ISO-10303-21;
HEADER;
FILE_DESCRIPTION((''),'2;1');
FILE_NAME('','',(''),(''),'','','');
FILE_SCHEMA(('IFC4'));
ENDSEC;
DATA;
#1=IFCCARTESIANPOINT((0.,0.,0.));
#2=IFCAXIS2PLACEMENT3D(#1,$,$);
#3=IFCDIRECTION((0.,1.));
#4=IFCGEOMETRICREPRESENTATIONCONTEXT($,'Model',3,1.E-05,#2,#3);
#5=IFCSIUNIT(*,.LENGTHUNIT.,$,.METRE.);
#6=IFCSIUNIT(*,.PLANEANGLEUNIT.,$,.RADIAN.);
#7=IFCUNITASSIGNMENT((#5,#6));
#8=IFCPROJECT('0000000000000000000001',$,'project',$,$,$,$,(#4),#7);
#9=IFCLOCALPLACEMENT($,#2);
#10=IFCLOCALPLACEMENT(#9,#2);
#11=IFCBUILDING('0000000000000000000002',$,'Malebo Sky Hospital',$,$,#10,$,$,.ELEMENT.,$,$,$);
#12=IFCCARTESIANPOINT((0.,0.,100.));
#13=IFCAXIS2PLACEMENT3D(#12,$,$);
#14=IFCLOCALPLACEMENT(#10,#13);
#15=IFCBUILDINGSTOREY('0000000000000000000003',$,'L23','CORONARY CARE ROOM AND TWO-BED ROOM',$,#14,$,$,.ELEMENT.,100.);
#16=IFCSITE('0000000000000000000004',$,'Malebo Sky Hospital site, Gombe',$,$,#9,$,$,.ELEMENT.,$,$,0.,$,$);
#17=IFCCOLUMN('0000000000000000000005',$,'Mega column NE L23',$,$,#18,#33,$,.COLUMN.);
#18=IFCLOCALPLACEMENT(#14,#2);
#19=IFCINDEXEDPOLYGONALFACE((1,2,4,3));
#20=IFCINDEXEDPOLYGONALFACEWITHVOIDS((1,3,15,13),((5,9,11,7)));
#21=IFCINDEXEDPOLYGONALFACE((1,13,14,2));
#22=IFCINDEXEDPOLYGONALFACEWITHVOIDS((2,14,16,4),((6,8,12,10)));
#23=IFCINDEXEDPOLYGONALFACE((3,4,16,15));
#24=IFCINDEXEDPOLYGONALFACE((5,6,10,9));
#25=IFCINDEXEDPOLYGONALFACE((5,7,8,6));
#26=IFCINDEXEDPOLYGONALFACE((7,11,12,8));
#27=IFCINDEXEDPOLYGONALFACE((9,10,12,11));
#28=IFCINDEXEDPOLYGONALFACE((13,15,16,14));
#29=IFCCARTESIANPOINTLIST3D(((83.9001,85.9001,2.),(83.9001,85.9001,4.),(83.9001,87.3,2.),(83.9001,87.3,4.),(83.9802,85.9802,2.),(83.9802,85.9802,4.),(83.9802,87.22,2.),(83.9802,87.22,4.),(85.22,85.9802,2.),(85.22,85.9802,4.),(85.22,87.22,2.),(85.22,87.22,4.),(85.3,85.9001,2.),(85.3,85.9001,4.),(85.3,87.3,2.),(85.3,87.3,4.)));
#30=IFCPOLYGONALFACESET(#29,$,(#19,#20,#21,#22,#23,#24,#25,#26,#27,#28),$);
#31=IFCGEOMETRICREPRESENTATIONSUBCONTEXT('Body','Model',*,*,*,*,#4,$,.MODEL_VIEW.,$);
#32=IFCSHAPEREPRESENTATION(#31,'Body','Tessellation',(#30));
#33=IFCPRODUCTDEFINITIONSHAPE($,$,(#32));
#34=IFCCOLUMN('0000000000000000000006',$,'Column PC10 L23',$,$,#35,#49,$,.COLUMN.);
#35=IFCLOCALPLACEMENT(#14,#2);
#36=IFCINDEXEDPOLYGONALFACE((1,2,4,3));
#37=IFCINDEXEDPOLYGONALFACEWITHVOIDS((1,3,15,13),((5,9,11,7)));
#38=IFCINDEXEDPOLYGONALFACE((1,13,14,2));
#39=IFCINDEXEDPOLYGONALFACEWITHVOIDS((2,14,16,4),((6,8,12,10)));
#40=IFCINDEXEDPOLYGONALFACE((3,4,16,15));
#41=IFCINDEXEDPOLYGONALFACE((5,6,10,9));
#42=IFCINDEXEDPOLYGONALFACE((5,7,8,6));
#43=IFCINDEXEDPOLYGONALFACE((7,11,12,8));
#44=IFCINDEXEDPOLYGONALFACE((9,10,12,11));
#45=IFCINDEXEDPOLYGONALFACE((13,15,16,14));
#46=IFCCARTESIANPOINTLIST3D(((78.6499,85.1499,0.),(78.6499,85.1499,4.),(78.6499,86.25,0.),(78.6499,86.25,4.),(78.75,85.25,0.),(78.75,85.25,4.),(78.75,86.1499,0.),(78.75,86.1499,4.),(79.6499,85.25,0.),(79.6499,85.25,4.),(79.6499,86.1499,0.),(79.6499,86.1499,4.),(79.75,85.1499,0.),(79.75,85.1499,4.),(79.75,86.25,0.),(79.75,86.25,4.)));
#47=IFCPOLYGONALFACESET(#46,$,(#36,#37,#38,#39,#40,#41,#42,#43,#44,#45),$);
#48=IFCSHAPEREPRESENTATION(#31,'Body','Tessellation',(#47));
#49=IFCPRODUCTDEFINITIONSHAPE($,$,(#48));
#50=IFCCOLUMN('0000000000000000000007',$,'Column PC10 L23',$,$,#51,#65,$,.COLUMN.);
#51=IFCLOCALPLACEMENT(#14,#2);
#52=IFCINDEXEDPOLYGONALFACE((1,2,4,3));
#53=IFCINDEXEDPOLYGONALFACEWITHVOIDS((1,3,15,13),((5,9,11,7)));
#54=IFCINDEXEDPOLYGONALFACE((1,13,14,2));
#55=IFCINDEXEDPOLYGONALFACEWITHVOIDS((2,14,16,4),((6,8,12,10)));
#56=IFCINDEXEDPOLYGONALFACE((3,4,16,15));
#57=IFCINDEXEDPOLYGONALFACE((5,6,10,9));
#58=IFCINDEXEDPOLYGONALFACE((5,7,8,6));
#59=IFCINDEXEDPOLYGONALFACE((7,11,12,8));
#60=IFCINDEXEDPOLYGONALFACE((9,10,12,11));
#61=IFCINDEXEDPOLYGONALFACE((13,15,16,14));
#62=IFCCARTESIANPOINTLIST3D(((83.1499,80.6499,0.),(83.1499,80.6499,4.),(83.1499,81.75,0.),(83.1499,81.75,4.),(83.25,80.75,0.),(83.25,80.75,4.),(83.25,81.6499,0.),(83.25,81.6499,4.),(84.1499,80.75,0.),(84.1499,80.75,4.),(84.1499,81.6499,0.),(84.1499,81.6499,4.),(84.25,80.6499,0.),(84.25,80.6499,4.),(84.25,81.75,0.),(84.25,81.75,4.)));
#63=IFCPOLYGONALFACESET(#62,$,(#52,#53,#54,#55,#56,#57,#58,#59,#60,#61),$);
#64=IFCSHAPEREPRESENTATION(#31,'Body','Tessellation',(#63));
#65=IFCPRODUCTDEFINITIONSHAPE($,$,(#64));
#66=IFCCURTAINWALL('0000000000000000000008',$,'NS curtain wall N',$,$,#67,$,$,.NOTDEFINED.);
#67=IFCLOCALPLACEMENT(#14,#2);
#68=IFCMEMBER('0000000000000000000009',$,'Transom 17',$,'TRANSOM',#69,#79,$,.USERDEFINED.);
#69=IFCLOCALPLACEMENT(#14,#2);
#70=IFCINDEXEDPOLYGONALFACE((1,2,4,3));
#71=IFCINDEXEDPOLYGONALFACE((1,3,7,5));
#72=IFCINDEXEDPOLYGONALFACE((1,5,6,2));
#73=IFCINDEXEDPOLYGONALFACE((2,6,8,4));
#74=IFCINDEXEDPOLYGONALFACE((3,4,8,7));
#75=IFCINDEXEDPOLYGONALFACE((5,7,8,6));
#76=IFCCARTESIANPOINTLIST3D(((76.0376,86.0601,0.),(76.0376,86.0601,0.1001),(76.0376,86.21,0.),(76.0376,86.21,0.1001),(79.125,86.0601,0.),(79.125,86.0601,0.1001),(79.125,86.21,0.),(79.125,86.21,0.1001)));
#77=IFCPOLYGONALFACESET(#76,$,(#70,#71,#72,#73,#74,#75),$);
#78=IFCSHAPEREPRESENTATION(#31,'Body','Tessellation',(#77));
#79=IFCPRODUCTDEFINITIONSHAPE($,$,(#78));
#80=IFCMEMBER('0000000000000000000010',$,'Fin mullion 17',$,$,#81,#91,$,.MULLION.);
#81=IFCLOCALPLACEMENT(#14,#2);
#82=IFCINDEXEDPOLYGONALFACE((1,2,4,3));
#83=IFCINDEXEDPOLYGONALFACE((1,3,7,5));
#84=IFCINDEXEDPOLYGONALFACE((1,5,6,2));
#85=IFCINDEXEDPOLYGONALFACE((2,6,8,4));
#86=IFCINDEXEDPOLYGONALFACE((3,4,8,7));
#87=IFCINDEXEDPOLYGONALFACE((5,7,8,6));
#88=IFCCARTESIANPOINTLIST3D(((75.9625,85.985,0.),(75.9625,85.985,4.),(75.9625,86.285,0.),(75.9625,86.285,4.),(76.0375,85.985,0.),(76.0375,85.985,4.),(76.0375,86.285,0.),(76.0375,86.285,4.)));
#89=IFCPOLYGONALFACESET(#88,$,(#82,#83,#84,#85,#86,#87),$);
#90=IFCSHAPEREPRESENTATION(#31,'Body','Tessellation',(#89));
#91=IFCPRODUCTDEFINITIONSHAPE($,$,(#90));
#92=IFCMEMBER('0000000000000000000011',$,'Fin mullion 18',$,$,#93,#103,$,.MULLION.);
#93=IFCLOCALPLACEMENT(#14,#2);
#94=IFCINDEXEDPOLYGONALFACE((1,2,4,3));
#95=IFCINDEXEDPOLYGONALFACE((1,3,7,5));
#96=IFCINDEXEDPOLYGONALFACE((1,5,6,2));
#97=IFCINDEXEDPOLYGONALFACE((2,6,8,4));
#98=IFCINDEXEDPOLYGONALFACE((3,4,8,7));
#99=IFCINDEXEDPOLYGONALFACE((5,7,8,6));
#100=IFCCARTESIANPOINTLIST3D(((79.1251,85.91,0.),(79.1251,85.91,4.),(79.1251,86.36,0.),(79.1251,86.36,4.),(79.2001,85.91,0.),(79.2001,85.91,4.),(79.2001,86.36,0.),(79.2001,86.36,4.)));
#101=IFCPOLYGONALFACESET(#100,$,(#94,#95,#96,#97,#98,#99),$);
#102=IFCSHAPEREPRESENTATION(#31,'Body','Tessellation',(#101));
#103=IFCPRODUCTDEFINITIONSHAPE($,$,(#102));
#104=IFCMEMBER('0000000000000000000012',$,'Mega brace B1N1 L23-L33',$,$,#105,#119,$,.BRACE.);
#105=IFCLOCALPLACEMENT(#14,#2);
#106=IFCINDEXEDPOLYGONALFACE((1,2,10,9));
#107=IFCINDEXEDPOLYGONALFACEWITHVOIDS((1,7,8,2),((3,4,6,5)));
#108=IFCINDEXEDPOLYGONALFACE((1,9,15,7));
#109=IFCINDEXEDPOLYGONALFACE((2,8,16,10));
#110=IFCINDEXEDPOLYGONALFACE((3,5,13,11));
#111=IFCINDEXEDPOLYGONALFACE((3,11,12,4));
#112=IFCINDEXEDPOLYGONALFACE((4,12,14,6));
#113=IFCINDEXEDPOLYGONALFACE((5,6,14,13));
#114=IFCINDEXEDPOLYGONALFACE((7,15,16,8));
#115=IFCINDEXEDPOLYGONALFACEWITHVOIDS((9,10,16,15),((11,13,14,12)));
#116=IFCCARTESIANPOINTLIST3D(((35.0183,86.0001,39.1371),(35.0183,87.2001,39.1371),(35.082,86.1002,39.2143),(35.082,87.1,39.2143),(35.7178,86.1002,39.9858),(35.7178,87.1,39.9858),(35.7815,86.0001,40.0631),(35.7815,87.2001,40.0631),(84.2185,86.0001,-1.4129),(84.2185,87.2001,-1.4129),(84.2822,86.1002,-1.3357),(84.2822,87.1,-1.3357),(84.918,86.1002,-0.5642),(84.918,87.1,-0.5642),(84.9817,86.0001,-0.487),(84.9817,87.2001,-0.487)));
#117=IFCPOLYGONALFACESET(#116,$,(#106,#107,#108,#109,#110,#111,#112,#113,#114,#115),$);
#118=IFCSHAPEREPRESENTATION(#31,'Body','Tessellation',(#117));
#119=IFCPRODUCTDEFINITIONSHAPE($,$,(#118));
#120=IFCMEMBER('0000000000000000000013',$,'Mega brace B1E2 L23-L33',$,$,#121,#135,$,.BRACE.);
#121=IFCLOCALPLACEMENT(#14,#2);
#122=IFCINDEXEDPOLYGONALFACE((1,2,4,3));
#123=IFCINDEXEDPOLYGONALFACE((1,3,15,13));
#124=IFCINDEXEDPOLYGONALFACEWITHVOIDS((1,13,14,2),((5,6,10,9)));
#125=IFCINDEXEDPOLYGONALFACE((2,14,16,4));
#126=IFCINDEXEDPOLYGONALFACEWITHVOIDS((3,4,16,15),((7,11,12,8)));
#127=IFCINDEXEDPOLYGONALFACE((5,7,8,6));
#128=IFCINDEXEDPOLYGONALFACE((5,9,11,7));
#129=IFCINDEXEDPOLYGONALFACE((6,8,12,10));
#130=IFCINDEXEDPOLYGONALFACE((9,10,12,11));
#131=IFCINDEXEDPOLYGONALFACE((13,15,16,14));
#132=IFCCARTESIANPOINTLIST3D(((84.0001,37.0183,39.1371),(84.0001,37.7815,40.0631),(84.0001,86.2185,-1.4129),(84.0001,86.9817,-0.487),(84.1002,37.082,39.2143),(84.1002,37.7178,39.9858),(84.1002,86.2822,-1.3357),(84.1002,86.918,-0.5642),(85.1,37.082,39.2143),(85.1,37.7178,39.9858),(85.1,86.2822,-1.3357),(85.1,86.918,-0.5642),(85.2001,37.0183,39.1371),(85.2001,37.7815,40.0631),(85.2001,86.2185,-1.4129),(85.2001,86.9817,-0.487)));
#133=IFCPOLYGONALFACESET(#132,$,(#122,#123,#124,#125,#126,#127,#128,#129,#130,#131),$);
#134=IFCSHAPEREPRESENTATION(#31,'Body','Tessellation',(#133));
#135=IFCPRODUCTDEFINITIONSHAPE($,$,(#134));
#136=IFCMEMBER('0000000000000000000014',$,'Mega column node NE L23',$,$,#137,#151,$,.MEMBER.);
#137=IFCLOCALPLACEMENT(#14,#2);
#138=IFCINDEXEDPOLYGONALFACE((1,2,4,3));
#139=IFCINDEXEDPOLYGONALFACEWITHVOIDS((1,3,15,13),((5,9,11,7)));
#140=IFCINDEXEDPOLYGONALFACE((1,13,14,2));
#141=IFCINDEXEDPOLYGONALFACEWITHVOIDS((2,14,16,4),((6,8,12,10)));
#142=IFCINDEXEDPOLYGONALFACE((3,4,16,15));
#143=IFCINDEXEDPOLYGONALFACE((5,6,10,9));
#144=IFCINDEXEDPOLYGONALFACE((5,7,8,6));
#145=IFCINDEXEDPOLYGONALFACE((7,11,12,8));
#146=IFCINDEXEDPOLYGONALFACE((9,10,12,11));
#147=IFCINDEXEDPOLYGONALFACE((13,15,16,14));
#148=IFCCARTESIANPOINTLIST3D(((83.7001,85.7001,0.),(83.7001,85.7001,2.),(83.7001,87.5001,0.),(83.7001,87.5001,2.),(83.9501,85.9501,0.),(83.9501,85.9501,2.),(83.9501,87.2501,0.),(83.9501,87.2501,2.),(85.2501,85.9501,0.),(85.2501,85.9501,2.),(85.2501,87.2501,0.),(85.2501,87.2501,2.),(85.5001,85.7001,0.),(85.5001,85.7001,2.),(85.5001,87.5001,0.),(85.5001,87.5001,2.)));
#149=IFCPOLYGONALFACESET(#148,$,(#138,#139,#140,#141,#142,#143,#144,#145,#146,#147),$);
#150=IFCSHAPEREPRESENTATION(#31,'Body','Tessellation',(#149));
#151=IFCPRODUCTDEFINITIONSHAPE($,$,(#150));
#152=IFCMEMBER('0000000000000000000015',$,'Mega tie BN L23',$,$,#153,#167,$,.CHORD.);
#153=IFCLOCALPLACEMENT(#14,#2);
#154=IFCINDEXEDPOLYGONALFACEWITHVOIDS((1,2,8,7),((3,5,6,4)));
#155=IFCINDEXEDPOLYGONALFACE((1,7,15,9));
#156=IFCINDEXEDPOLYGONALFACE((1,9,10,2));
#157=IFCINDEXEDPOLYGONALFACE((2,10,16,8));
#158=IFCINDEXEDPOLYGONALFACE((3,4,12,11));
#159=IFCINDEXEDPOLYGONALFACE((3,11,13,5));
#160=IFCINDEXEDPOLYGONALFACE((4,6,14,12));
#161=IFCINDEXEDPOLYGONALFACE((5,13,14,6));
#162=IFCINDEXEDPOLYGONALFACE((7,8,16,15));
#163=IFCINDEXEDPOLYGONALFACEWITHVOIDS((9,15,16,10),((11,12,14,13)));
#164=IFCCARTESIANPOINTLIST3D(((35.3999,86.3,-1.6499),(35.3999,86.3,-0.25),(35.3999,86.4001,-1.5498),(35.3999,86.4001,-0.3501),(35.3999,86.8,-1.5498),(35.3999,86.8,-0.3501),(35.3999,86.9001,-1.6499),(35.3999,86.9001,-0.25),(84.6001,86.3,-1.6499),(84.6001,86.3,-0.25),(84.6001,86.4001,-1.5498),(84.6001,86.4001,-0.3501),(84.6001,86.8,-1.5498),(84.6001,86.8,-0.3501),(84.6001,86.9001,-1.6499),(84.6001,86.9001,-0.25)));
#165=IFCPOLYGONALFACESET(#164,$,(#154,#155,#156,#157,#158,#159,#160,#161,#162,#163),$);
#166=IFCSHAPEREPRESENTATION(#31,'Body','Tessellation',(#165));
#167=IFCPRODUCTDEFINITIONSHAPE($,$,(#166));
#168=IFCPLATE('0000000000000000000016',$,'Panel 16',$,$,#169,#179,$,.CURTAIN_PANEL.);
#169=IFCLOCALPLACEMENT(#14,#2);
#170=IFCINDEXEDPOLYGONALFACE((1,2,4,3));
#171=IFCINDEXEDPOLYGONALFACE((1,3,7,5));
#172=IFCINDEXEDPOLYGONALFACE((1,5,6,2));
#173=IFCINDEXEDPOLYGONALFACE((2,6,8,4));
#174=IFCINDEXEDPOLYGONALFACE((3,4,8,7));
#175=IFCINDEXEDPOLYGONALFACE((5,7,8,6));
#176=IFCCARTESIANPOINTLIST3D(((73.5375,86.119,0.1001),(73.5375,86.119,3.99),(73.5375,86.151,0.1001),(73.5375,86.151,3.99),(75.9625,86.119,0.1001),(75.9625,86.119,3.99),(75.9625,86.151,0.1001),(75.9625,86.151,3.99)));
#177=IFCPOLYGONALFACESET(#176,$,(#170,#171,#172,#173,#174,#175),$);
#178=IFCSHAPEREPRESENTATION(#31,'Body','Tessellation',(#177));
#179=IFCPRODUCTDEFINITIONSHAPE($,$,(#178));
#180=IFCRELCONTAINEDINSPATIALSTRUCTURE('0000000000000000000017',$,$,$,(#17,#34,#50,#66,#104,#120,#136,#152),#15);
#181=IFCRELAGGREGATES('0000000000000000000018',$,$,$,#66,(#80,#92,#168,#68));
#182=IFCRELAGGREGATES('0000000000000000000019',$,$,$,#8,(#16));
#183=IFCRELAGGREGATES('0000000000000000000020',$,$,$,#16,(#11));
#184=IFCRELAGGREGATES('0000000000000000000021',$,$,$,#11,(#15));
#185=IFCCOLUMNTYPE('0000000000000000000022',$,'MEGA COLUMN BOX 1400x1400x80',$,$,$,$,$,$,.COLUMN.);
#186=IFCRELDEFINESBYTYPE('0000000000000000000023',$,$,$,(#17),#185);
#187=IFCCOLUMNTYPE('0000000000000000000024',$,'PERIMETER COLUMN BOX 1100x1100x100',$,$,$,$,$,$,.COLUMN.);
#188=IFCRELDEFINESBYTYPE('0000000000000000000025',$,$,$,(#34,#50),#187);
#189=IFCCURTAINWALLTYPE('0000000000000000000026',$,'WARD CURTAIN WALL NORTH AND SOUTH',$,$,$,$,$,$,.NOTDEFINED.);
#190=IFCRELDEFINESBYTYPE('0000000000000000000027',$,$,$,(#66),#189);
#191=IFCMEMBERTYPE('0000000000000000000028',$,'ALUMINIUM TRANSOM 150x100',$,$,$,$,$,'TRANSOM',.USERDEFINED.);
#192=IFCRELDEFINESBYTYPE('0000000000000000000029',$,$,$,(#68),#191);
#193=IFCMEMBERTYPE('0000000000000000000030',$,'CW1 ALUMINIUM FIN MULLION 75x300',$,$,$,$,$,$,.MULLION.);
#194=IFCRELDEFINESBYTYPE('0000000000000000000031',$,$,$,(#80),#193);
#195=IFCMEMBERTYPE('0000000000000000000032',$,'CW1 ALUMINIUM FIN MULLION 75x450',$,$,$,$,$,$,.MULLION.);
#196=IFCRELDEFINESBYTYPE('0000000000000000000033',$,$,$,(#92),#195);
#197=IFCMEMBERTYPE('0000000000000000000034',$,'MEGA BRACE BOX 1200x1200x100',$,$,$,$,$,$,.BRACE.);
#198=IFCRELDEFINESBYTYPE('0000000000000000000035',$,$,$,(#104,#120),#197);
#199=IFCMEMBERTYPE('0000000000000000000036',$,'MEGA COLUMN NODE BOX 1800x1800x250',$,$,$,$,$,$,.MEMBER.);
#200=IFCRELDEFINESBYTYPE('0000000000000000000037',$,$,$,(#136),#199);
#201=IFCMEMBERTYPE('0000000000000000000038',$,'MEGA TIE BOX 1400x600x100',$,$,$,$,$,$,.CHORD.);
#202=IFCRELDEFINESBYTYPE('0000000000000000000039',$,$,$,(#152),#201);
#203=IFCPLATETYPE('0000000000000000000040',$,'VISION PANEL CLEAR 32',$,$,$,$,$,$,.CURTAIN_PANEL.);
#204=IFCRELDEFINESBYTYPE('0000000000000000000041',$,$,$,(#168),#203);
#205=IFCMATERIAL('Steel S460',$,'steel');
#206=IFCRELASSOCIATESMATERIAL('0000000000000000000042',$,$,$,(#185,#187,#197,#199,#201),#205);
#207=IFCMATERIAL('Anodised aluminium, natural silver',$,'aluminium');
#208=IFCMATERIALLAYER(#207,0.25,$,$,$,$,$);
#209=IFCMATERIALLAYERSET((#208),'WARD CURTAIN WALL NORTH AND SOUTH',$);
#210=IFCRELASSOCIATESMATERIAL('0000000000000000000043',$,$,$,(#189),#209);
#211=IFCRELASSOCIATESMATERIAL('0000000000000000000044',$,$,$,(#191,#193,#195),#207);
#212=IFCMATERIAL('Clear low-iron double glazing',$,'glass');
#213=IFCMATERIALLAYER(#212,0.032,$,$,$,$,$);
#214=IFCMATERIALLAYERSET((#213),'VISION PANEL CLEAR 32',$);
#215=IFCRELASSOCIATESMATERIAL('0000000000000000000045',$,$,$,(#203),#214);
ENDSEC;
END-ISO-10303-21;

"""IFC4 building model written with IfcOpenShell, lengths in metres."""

from ifc_helpers import new_model, si_unit, direction, frame, origin, origin_2d, place, context, subcontext, project, spatial, rectangle, hollow_rectangle, extrude, material, layer, layer_set, material_profile, profile_set, type_object, element, aggregate, save


model = new_model("IFC4")

# Units and contexts
model_context = context("Model", 3, precision=1e-05, world=origin(), true_north=direction((0.0, 1.0)))
body_context = subcontext(model_context, "Body", "Model", "MODEL_VIEW")
ifc_project = project(units=[si_unit("LENGTHUNIT", "METRE"), si_unit("PLANEANGLEUNIT", "RADIAN")], contexts=[model_context])

# Site, building, storey
site_placement = place(None, origin())
site = spatial("IfcSite", under=ifc_project, at=site_placement, Name="Malebo Sky Hospital site, Gombe", CompositionType="ELEMENT", RefElevation=0.0)
building_placement = place(site_placement, origin())
building = spatial("IfcBuilding", under=site, at=building_placement, Name="Malebo Sky Hospital", CompositionType="ELEMENT")
storey_placement = place(building_placement, frame((0.0, 0.0, 100.0)))
storey = spatial("IfcBuildingStorey", under=building, at=storey_placement, Name="L23", Description="CORONARY CARE ROOM AND TWO-BED ROOM", CompositionType="ELEMENT", Elevation=100.0)

# Columns
ifc_material_1 = material(Name="Steel S460", Category="steel")
ifc_material_profile_1 = material_profile(ifc_material_1, hollow_rectangle(XDim=1.3999, YDim=1.3999, WallThickness=0.0801, at=origin_2d()), Name="BOX 1400x1400x80")
ifc_profile_set_1 = profile_set([ifc_material_profile_1], Name="Steel S460")
column_type_1 = type_object("IfcColumnType", Name="MEGA COLUMN BOX 1400x1400x80", PredefinedType="COLUMN", material=ifc_profile_set_1)
column_placement = place(storey_placement, frame((84.6001, 86.6001, 2.0), z_axis=(0.0, 0.0, 1.0), x_axis=(1.0, 0.0, 0.0)))
element("IfcColumn", 1, at=column_placement, inside=storey, type_object=column_type_1, Name="Mega column NE L23", PredefinedType="COLUMN", context=body_context, shape_type="SweptSolid", body=[
    extrude(hollow_rectangle(XDim=1.3999, YDim=1.3999, WallThickness=0.0801, at=origin_2d()), origin(), (0.0, 0.0, 1.0), 2.0),
])
ifc_material_profile_2 = material_profile(ifc_material_1, hollow_rectangle(XDim=1.1001, YDim=1.1001, WallThickness=0.1001, at=origin_2d()), Name="BOX 1100x1100x100")
ifc_profile_set_2 = profile_set([ifc_material_profile_2], Name="Steel S460")
column_type_2 = type_object("IfcColumnType", Name="PERIMETER COLUMN BOX 1100x1100x100", PredefinedType="COLUMN", material=ifc_profile_set_2)
for number, where, z_axis, x_axis, name in (
    (2, (79.2, 85.7, 0.0), (0.0, 0.0, 1.0), (1.0, 0.0, 0.0), "Column PC10 L23"),
    (3, (83.7, 81.2, 0.0), (0.0, 0.0, 1.0), (1.0, 0.0, 0.0), "Column PC10 L23"),
):
    element("IfcColumn", number, at=place(storey_placement, frame(where, z_axis=z_axis, x_axis=x_axis)), inside=storey, type_object=column_type_2, Name=name, PredefinedType="COLUMN", context=body_context, shape_type="SweptSolid", body=[
        extrude(hollow_rectangle(XDim=1.1001, YDim=1.1001, WallThickness=0.1001, at=origin_2d()), origin(), (0.0, 0.0, 1.0), 4.0),
    ])

# Curtain wall, members
ifc_material_2 = material(Name="Anodised aluminium, natural silver", Category="aluminium")
ifc_layer_1 = layer(ifc_material_2, 0.25)
ifc_layer_set_1 = layer_set([ifc_layer_1], Name="WARD CURTAIN WALL NORTH AND SOUTH")
curtain_wall_type = type_object("IfcCurtainWallType", Name="WARD CURTAIN WALL NORTH AND SOUTH", PredefinedType="NOTDEFINED", material=ifc_layer_set_1)
curtain_wall_placement = place(storey_placement, origin())
curtain_wall = element("IfcCurtainWall", 4, at=curtain_wall_placement, inside=storey, type_object=curtain_wall_type, Name="NS curtain wall N", PredefinedType="NOTDEFINED")
ifc_material_profile_3 = material_profile(ifc_material_2, rectangle(XDim=0.1499, YDim=0.1001, at=origin_2d()), Name="ALUMINIUM TRANSOM 150x100")
ifc_profile_set_3 = profile_set([ifc_material_profile_3], Name="Anodised aluminium, natural silver")
member_type_1 = type_object("IfcMemberType", Name="ALUMINIUM TRANSOM 150x100", ElementType="TRANSOM", PredefinedType="USERDEFINED", material=ifc_profile_set_3)
member_1_placement = place(storey_placement, frame((76.0376, 86.135, 0.05), z_axis=(1.0, 0.0, 0.0), x_axis=(0.0, 1.0, 0.0)))
member_1 = element("IfcMember", 5, at=member_1_placement, type_object=member_type_1, Name="Transom 17", ObjectType="TRANSOM", PredefinedType="USERDEFINED", context=body_context, shape_type="SweptSolid", body=[
    extrude(rectangle(XDim=0.1499, YDim=0.1001, at=origin_2d()), origin(), (0.0, 0.0, 1.0), 3.0874),
])
ifc_material_profile_4 = material_profile(ifc_material_2, rectangle(XDim=0.075, YDim=0.3, at=origin_2d()), Name="CW1 ALUMINIUM FIN MULLION 75x300")
ifc_profile_set_4 = profile_set([ifc_material_profile_4], Name="Anodised aluminium, natural silver")
member_type_2 = type_object("IfcMemberType", Name="CW1 ALUMINIUM FIN MULLION 75x300", PredefinedType="MULLION", material=ifc_profile_set_4)
member_2_placement = place(storey_placement, frame((76.0, 86.135, 0.0), z_axis=(0.0, 0.0, 1.0), x_axis=(1.0, 0.0, 0.0)))
member_2 = element("IfcMember", 6, at=member_2_placement, type_object=member_type_2, Name="Fin mullion 17", PredefinedType="MULLION", context=body_context, shape_type="SweptSolid", body=[
    extrude(rectangle(XDim=0.075, YDim=0.3, at=origin_2d()), origin(), (0.0, 0.0, 1.0), 4.0),
])
ifc_material_profile_5 = material_profile(ifc_material_2, rectangle(XDim=0.075, YDim=0.45, at=origin_2d()), Name="CW1 ALUMINIUM FIN MULLION 75x450")
ifc_profile_set_5 = profile_set([ifc_material_profile_5], Name="Anodised aluminium, natural silver")
member_type_3 = type_object("IfcMemberType", Name="CW1 ALUMINIUM FIN MULLION 75x450", PredefinedType="MULLION", material=ifc_profile_set_5)
member_3_placement = place(storey_placement, frame((79.1626, 86.135, 0.0), z_axis=(0.0, 0.0, 1.0), x_axis=(1.0, 0.0, 0.0)))
member_3 = element("IfcMember", 7, at=member_3_placement, type_object=member_type_3, Name="Fin mullion 18", PredefinedType="MULLION", context=body_context, shape_type="SweptSolid", body=[
    extrude(rectangle(XDim=0.075, YDim=0.45, at=origin_2d()), origin(), (0.0, 0.0, 1.0), 4.0),
])

# Members
ifc_material_profile_6 = material_profile(ifc_material_1, hollow_rectangle(XDim=1.2, YDim=1.2, WallThickness=0.1001, at=origin_2d()), Name="BOX 1200x1200x100")
ifc_profile_set_6 = profile_set([ifc_material_profile_6], Name="Steel S460")
member_type_4 = type_object("IfcMemberType", Name="MEGA BRACE BOX 1200x1200x100", PredefinedType="BRACE", material=ifc_profile_set_6)
for number, where, z_axis, x_axis, name in (
    (8, (84.6001, 86.6001, -0.95), (-0.771682, 0.0, 0.636009), (0.0, -1.0, 0.0), "Mega brace B1N1 L23-L33"),
    (9, (84.6001, 86.6001, -0.95), (0.0, -0.771682, 0.636009), (1.0, 0.0, 0.0), "Mega brace B1E2 L23-L33"),
):
    element("IfcMember", number, at=place(storey_placement, frame(where, z_axis=z_axis, x_axis=x_axis)), inside=storey, type_object=member_type_4, Name=name, PredefinedType="BRACE", context=body_context, shape_type="SweptSolid", body=[
        extrude(hollow_rectangle(XDim=1.2, YDim=1.2, WallThickness=0.1001, at=origin_2d()), origin(), (0.0, 0.0, 1.0), 63.7571),
    ])
ifc_material_profile_7 = material_profile(ifc_material_1, hollow_rectangle(XDim=1.8, YDim=1.8, WallThickness=0.25, at=origin_2d()), Name="BOX 1800x1800x250")
ifc_profile_set_7 = profile_set([ifc_material_profile_7], Name="Steel S460")
member_type_5 = type_object("IfcMemberType", Name="MEGA COLUMN NODE BOX 1800x1800x250", PredefinedType="MEMBER", material=ifc_profile_set_7)
member_4_placement = place(storey_placement, frame((84.6001, 86.6001, 0.0), z_axis=(0.0, 0.0, 1.0), x_axis=(1.0, 0.0, 0.0)))
element("IfcMember", 10, at=member_4_placement, inside=storey, type_object=member_type_5, Name="Mega column node NE L23", PredefinedType="MEMBER", context=body_context, shape_type="SweptSolid", body=[
    extrude(hollow_rectangle(XDim=1.8, YDim=1.8, WallThickness=0.25, at=origin_2d()), origin(), (0.0, 0.0, 1.0), 2.0),
])
ifc_material_profile_8 = material_profile(ifc_material_1, hollow_rectangle(XDim=0.6001, YDim=1.3999, WallThickness=0.1001, at=origin_2d()), Name="BOX 1400x600x100")
ifc_profile_set_8 = profile_set([ifc_material_profile_8], Name="Steel S460")
member_type_6 = type_object("IfcMemberType", Name="MEGA TIE BOX 1400x600x100", PredefinedType="CHORD", material=ifc_profile_set_8)
member_5_placement = place(storey_placement, frame((84.6001, 86.6001, -0.95), z_axis=(-1.0, 0.0, 0.0), x_axis=(0.0, -1.0, 0.0)))
element("IfcMember", 11, at=member_5_placement, inside=storey, type_object=member_type_6, Name="Mega tie BN L23", PredefinedType="CHORD", context=body_context, shape_type="SweptSolid", body=[
    extrude(hollow_rectangle(XDim=0.6001, YDim=1.3999, WallThickness=0.1001, at=origin_2d()), origin(), (0.0, 0.0, 1.0), 49.2002),
])

# Plate
ifc_material_3 = material(Name="Clear low-iron double glazing", Category="glass")
ifc_layer_2 = layer(ifc_material_3, 0.032)
ifc_layer_set_2 = layer_set([ifc_layer_2], Name="VISION PANEL CLEAR 32")
plate_type = type_object("IfcPlateType", Name="VISION PANEL CLEAR 32", PredefinedType="CURTAIN_PANEL", material=ifc_layer_set_2)
plate_1_placement = place(storey_placement, frame((74.75, 86.135, 0.1001), z_axis=(0.0, 0.0, 1.0), x_axis=(1.0, 0.0, 0.0)))
plate_1 = element("IfcPlate", 12, at=plate_1_placement, type_object=plate_type, Name="Panel 16", PredefinedType="CURTAIN_PANEL", context=body_context, shape_type="SweptSolid", body=[
    extrude(rectangle(XDim=2.425, YDim=0.032, at=origin_2d()), origin(), (0.0, 0.0, 1.0), 3.8899),
])
aggregate(curtain_wall, [member_2, member_3, plate_1, member_1])

save(model, "model.ifc")
